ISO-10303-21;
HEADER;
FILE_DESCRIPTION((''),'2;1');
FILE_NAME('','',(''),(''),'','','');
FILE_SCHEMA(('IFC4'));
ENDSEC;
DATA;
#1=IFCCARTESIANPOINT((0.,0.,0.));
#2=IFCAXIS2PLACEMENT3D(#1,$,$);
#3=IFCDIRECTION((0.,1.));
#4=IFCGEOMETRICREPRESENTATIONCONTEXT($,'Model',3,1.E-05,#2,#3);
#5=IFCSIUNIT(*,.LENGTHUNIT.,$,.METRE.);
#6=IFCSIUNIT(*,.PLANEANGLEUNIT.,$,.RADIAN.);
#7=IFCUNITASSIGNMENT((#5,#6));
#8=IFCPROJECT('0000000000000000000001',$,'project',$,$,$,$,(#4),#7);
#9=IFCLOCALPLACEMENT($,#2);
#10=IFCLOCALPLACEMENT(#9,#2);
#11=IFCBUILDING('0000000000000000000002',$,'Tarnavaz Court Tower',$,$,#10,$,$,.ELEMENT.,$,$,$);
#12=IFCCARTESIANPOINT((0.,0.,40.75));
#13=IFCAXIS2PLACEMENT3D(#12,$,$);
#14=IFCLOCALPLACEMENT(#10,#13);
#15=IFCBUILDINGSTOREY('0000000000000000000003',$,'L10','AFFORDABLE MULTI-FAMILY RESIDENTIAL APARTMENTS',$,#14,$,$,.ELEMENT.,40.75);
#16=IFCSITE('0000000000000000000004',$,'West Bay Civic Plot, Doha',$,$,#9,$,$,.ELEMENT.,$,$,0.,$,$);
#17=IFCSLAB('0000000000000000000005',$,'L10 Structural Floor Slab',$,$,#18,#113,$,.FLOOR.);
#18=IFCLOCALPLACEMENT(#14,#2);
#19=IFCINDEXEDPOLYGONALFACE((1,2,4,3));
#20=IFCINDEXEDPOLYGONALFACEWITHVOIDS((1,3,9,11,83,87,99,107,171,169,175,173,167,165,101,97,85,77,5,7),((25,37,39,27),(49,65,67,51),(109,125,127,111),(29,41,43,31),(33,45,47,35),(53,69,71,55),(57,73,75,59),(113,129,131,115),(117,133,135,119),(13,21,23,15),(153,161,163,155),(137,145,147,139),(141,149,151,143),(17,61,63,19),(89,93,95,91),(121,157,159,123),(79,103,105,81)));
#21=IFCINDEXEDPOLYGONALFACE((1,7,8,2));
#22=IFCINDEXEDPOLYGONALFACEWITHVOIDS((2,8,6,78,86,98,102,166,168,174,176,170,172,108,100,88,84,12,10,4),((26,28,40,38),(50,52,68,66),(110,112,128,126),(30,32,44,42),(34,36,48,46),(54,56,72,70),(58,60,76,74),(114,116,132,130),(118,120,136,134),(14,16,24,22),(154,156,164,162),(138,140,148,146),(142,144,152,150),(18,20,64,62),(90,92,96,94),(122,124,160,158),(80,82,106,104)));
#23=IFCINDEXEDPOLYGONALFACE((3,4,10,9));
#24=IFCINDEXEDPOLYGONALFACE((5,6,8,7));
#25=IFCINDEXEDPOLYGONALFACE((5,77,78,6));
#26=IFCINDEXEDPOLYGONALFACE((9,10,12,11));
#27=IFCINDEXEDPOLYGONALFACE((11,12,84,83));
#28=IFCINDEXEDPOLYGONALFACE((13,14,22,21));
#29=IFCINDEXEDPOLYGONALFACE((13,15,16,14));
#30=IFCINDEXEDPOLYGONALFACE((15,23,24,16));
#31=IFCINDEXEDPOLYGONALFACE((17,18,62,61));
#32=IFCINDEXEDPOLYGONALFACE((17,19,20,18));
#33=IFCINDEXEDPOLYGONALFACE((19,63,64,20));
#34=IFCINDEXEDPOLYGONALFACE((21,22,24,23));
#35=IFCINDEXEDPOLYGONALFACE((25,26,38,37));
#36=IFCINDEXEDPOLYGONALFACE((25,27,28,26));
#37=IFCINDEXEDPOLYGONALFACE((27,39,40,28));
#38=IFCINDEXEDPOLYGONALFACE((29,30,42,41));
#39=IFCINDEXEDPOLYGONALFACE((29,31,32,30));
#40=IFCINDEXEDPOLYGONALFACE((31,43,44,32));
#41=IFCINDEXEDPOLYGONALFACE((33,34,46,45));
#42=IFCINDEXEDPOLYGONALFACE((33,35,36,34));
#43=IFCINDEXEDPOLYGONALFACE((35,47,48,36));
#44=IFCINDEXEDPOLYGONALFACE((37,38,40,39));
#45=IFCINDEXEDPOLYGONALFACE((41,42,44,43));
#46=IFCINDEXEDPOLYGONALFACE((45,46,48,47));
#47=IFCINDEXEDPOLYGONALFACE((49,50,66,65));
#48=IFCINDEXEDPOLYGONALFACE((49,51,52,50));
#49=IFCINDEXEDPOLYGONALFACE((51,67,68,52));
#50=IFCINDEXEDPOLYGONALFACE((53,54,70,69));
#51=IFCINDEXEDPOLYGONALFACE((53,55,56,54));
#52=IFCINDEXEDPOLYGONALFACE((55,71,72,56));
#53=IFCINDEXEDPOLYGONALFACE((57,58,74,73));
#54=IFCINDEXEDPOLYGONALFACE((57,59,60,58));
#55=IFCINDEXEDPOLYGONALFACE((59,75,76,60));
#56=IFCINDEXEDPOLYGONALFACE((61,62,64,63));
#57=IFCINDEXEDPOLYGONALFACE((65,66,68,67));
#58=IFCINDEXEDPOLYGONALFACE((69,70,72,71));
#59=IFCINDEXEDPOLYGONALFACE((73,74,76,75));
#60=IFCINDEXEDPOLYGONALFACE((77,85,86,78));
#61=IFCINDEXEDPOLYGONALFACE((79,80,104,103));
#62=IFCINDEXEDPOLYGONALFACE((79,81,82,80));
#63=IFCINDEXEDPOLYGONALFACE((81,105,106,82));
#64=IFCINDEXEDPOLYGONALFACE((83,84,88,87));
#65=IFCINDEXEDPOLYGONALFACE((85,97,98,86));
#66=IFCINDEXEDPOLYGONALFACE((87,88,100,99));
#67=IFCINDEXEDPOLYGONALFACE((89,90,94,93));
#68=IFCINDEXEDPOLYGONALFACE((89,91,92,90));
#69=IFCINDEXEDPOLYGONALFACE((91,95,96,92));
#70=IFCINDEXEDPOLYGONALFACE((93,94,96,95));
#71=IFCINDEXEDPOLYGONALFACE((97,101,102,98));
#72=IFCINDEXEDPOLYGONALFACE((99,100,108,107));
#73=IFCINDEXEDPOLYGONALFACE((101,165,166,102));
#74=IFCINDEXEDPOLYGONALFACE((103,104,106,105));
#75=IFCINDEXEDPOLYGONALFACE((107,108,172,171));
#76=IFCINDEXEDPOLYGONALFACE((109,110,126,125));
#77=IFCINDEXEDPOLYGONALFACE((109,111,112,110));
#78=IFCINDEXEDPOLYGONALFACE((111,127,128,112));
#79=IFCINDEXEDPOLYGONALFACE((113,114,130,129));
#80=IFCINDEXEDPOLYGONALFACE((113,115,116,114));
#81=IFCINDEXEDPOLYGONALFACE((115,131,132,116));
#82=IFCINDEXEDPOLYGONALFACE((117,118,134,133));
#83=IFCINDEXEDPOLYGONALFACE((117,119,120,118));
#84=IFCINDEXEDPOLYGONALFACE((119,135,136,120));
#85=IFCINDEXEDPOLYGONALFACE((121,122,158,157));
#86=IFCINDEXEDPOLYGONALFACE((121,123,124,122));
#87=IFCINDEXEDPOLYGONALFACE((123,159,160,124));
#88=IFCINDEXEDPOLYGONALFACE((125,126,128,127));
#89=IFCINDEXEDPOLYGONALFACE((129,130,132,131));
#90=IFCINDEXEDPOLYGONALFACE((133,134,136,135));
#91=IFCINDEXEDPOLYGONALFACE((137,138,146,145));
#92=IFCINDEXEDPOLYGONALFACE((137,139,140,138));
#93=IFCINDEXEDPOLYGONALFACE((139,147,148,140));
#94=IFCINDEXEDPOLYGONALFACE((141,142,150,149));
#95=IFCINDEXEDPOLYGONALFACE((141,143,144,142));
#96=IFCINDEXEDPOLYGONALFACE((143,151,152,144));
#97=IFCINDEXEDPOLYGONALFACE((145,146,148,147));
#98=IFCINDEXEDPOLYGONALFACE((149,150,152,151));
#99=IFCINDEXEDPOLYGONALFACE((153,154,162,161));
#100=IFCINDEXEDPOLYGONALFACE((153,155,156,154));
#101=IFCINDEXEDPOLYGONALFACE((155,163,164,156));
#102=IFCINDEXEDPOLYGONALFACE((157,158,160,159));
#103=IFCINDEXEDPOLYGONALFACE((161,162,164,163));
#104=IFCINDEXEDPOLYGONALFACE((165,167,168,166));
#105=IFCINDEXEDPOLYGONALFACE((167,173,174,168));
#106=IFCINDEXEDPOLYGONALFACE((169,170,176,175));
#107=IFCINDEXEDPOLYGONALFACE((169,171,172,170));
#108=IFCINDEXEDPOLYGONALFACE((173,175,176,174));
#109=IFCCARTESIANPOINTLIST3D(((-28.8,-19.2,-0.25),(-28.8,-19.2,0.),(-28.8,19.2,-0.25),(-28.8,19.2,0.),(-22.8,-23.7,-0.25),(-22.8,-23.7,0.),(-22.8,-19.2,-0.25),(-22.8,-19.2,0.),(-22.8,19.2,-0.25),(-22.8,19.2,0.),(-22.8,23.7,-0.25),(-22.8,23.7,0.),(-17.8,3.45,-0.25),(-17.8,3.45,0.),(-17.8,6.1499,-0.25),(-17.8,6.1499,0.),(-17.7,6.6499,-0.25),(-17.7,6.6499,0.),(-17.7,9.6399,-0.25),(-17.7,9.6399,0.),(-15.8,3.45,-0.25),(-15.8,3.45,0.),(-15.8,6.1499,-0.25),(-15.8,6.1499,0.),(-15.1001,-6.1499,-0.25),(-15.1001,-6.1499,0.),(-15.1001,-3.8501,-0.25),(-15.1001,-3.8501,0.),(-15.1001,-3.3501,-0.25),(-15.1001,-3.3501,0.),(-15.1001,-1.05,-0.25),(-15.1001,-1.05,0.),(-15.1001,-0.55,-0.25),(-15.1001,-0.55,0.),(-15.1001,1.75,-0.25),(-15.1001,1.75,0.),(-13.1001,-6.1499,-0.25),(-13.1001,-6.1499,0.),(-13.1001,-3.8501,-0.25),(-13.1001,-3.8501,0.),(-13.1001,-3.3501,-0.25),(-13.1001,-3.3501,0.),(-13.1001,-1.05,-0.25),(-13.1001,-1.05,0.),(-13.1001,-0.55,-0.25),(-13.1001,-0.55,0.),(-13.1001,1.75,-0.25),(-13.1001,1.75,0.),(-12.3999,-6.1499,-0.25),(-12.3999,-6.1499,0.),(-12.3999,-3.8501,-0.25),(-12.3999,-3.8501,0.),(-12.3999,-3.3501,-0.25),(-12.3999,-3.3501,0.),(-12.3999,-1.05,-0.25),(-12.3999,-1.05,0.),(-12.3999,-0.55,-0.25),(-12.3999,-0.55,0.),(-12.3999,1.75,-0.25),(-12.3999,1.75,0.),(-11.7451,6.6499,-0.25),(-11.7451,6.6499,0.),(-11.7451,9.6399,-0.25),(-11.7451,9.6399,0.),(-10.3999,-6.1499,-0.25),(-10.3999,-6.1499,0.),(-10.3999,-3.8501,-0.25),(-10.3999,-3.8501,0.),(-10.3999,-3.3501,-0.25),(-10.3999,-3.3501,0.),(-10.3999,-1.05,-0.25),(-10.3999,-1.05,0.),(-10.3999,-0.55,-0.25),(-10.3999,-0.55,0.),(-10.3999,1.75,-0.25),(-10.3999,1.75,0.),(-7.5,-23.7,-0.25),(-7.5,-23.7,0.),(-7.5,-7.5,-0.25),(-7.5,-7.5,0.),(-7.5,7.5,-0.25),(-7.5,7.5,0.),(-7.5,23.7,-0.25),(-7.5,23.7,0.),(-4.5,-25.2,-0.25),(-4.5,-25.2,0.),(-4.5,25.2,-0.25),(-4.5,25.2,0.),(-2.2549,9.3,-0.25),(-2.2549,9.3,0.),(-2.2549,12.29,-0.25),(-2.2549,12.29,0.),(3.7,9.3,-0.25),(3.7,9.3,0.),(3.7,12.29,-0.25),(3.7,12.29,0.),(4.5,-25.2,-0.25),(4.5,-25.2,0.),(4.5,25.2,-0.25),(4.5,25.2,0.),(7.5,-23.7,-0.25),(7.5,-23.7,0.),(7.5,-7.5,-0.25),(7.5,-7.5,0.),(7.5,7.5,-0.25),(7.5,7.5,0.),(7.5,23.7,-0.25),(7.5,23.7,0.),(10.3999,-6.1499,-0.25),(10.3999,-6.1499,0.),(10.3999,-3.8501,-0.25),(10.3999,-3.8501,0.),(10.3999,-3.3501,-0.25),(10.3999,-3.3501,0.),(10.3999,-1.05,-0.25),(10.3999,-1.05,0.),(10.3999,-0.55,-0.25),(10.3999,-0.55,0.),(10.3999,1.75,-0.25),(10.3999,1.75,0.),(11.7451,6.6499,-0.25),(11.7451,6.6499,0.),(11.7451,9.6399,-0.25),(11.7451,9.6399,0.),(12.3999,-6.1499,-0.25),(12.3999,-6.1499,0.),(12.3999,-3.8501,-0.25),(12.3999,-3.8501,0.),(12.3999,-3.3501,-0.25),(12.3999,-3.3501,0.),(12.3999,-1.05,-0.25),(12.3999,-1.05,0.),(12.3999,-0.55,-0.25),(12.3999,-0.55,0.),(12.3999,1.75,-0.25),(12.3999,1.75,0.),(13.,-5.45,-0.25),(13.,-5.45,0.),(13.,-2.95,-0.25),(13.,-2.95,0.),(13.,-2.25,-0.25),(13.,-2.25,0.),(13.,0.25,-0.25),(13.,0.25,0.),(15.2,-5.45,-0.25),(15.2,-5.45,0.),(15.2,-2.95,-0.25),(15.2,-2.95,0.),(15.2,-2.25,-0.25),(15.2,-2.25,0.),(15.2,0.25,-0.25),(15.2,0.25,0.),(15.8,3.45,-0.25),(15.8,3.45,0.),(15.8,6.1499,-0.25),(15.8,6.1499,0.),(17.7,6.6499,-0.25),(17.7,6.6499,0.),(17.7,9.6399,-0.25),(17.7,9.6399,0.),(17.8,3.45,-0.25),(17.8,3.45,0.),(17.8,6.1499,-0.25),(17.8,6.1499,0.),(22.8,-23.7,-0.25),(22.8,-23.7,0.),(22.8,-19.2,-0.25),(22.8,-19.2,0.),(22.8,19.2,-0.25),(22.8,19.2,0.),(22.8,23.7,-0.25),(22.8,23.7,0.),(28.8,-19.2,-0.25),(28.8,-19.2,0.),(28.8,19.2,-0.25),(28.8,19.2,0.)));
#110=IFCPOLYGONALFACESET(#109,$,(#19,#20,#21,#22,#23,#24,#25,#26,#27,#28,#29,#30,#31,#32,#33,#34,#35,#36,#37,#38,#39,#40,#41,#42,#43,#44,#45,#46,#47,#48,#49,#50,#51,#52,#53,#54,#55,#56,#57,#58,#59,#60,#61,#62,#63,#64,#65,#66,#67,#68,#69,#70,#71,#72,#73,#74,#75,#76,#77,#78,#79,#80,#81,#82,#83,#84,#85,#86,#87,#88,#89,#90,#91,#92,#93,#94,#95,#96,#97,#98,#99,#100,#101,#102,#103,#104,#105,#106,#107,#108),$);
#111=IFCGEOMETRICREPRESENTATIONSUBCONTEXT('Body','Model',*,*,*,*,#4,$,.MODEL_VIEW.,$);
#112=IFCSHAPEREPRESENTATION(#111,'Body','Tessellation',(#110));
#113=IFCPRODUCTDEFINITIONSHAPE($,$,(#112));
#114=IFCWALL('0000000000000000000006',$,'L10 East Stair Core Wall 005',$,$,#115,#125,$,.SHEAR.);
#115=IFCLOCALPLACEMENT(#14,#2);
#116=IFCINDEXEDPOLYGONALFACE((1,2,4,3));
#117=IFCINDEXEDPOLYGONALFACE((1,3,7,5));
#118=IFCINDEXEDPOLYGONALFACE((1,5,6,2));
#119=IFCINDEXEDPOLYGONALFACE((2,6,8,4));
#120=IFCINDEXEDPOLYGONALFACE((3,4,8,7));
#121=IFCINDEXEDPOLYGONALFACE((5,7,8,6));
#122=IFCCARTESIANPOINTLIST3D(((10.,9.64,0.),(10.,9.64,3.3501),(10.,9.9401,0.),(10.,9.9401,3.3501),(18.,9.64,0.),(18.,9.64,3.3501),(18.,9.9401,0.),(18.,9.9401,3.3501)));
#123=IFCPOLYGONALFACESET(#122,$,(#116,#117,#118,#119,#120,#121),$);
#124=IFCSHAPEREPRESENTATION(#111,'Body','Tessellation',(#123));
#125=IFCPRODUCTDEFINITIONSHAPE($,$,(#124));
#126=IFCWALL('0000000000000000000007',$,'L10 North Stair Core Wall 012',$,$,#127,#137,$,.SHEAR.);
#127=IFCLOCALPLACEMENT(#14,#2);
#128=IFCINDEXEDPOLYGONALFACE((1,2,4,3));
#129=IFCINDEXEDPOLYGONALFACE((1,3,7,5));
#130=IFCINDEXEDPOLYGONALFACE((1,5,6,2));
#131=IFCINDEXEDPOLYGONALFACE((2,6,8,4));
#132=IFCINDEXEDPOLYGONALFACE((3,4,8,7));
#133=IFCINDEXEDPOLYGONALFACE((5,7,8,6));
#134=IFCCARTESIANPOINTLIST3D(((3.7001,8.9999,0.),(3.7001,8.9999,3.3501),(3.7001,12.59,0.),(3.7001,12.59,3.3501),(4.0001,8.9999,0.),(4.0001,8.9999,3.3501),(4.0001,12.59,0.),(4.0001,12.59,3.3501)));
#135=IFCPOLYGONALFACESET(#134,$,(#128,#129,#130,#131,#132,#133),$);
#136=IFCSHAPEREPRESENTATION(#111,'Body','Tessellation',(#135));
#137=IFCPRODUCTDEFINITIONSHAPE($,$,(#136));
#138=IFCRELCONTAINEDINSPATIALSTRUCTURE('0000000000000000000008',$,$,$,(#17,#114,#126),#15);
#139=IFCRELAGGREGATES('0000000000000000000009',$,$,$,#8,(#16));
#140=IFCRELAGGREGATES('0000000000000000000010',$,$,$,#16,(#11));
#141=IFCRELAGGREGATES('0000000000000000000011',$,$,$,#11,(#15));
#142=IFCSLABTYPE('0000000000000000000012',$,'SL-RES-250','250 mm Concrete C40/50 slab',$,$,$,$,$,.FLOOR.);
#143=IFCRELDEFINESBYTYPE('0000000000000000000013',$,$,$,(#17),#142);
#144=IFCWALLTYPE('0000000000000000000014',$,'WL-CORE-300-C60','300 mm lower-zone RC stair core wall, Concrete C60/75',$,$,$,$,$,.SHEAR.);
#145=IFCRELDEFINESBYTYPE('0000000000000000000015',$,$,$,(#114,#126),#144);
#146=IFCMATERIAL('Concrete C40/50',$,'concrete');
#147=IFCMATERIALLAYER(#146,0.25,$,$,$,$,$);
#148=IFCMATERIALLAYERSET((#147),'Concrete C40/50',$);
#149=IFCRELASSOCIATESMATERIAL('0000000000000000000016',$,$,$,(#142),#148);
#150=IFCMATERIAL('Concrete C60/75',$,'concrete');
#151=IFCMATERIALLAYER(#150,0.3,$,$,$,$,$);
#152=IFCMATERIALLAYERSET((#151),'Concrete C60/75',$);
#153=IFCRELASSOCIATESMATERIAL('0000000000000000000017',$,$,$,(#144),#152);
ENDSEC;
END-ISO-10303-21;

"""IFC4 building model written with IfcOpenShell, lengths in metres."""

from ifc_helpers import new_model, si_unit, direction, frame, frame_2d, origin, place, context, subcontext, project, spatial, polyline, rectangle, outline, extrude, material, layer, layer_set, type_object, element, save


model = new_model("IFC4")

# Units and contexts
model_context = context("Model", 3, precision=1e-05, world=origin(), true_north=direction((0.0, 1.0)))
body_context = subcontext(model_context, "Body", "Model", "MODEL_VIEW")
ifc_project = project(units=[si_unit("LENGTHUNIT", "METRE"), si_unit("PLANEANGLEUNIT", "RADIAN")], contexts=[model_context])

# Site, building, storey
site_placement = place(None, origin())
site = spatial("IfcSite", under=ifc_project, at=site_placement, Name="West Bay Civic Plot, Doha", CompositionType="ELEMENT", RefElevation=0.0)
building_placement = place(site_placement, origin())
building = spatial("IfcBuilding", under=site, at=building_placement, Name="Tarnavaz Court Tower", CompositionType="ELEMENT")
storey_placement = place(building_placement, frame((0.0, 0.0, 40.75)))
storey = spatial("IfcBuildingStorey", under=building, at=storey_placement, Name="L10", Description="AFFORDABLE MULTI-FAMILY RESIDENTIAL APARTMENTS", CompositionType="ELEMENT", Elevation=40.75)

# Shared definitions
ifc_material_1 = material(Name="Concrete C60/75", Category="concrete")

# Shared definitions
ifc_material_2 = material(Name="Concrete C40/50", Category="concrete")

# Slab
ifc_layer_1 = layer(ifc_material_2, 0.25)
ifc_layer_set_1 = layer_set([ifc_layer_1], Name="Concrete C40/50")
slab_type_1 = type_object("IfcSlabType", Name="SL-RES-250", Description="250 mm Concrete C40/50 slab", PredefinedType="FLOOR", material=ifc_layer_set_1)
slab_1_placement = place(storey_placement, frame((0.0, 0.0, -0.25)))
element("IfcSlab", 1, at=slab_1_placement, inside=storey, type_object=slab_type_1, Name="L10 Structural Floor Slab", PredefinedType="FLOOR", context=body_context, shape_type="SweptSolid", body=[
    extrude(outline(polyline([(-22.8, -23.7), (-7.5, -23.7), (-4.5, -25.2), (4.5, -25.2), (7.5, -23.7), (22.8, -23.7), (22.8, -19.2), (28.8, -19.2), (28.8, 19.2), (22.8, 19.2), (22.8, 23.7), (7.5, 23.7), (4.5, 25.2), (-4.5, 25.2), (-7.5, 23.7), (-22.8, 23.7), (-22.8, 19.2), (-28.8, 19.2), (-28.8, -19.2), (-22.8, -19.2), (-22.8, -23.7)]), holes=[polyline([(-7.5, -7.5), (7.5, -7.5), (7.5, 7.5), (-7.5, 7.5), (-7.5, -7.5)]), polyline([(-11.7451, 9.6399), (-17.7, 9.6399), (-17.7, 6.6499), (-11.7451, 6.6499), (-11.7451, 9.6399)]), polyline([(11.7451, 6.6499), (17.7, 6.6499), (17.7, 9.6399), (11.7451, 9.6399), (11.7451, 6.6499)]), polyline([(-2.2549, 9.3), (3.7, 9.3), (3.7, 12.29), (-2.2549, 12.29), (-2.2549, 9.3)]), polyline([(-17.8, 3.45), (-15.8, 3.45), (-15.8, 6.1499), (-17.8, 6.1499), (-17.8, 3.45)]), polyline([(-12.3999, -6.1499), (-10.3999, -6.1499), (-10.3999, -3.8501), (-12.3999, -3.8501), (-12.3999, -6.1499)]), polyline([(-12.3999, -3.3501), (-10.3999, -3.3501), (-10.3999, -1.05), (-12.3999, -1.05), (-12.3999, -3.3501)]), polyline([(-12.3999, -0.55), (-10.3999, -0.55), (-10.3999, 1.75), (-12.3999, 1.75), (-12.3999, -0.55)]), polyline([(-15.1001, -6.1499), (-13.1001, -6.1499), (-13.1001, -3.8501), (-15.1001, -3.8501), (-15.1001, -6.1499)]), polyline([(-15.1001, -3.3501), (-13.1001, -3.3501), (-13.1001, -1.05), (-15.1001, -1.05), (-15.1001, -3.3501)]), polyline([(-15.1001, -0.55), (-13.1001, -0.55), (-13.1001, 1.75), (-15.1001, 1.75), (-15.1001, -0.55)]), polyline([(15.8, 3.45), (17.8, 3.45), (17.8, 6.1499), (15.8, 6.1499), (15.8, 3.45)]), polyline([(10.3999, -6.1499), (12.3999, -6.1499), (12.3999, -3.8501), (10.3999, -3.8501), (10.3999, -6.1499)]), polyline([(10.3999, -3.3501), (12.3999, -3.3501), (12.3999, -1.05), (10.3999, -1.05), (10.3999, -3.3501)]), polyline([(10.3999, -0.55), (12.3999, -0.55), (12.3999, 1.75), (10.3999, 1.75), (10.3999, -0.55)]), polyline([(13.0, -5.45), (15.2, -5.45), (15.2, -2.95), (13.0, -2.95), (13.0, -5.45)]), polyline([(13.0, -2.25), (15.2, -2.25), (15.2, 0.25), (13.0, 0.25), (13.0, -2.25)])]), origin(), (0.0, 0.0, 1.0), 0.25),
])

# Wall
ifc_layer_2 = layer(ifc_material_1, 0.3)
ifc_layer_set_2 = layer_set([ifc_layer_2], Name="Concrete C60/75")
wall_type_1 = type_object("IfcWallType", Name="WL-CORE-300-C60", Description="300 mm lower-zone RC stair core wall, Concrete C60/75", PredefinedType="SHEAR", material=ifc_layer_set_2)
wall_1_placement = place(storey_placement, frame((10.0, 9.79, 0.0), z_axis=(0.0, 0.0, 1.0), x_axis=(1.0, 0.0, 0.0)))
element("IfcWall", 2, at=wall_1_placement, inside=storey, type_object=wall_type_1, Name="L10 East Stair Core Wall 005", PredefinedType="SHEAR", context=body_context, shape_type="SweptSolid", body=[
    extrude(rectangle(XDim=8.0, YDim=0.3, at=frame_2d((4.0, 0.0))), origin(), (0.0, 0.0, 1.0), 3.3501),
])

# Wall
wall_2_placement = place(storey_placement, frame((3.8501, 9.0, 0.0), z_axis=(0.0, 0.0, 1.0), x_axis=(0.0, 1.0, 0.0)))
element("IfcWall", 3, at=wall_2_placement, inside=storey, type_object=wall_type_1, Name="L10 North Stair Core Wall 012", PredefinedType="SHEAR", context=body_context, shape_type="SweptSolid", body=[
    extrude(rectangle(XDim=3.5901, YDim=0.3, at=frame_2d((1.7949, 0.0))), origin(), (0.0, 0.0, 1.0), 3.3501),
])

save(model, "model.ifc")
